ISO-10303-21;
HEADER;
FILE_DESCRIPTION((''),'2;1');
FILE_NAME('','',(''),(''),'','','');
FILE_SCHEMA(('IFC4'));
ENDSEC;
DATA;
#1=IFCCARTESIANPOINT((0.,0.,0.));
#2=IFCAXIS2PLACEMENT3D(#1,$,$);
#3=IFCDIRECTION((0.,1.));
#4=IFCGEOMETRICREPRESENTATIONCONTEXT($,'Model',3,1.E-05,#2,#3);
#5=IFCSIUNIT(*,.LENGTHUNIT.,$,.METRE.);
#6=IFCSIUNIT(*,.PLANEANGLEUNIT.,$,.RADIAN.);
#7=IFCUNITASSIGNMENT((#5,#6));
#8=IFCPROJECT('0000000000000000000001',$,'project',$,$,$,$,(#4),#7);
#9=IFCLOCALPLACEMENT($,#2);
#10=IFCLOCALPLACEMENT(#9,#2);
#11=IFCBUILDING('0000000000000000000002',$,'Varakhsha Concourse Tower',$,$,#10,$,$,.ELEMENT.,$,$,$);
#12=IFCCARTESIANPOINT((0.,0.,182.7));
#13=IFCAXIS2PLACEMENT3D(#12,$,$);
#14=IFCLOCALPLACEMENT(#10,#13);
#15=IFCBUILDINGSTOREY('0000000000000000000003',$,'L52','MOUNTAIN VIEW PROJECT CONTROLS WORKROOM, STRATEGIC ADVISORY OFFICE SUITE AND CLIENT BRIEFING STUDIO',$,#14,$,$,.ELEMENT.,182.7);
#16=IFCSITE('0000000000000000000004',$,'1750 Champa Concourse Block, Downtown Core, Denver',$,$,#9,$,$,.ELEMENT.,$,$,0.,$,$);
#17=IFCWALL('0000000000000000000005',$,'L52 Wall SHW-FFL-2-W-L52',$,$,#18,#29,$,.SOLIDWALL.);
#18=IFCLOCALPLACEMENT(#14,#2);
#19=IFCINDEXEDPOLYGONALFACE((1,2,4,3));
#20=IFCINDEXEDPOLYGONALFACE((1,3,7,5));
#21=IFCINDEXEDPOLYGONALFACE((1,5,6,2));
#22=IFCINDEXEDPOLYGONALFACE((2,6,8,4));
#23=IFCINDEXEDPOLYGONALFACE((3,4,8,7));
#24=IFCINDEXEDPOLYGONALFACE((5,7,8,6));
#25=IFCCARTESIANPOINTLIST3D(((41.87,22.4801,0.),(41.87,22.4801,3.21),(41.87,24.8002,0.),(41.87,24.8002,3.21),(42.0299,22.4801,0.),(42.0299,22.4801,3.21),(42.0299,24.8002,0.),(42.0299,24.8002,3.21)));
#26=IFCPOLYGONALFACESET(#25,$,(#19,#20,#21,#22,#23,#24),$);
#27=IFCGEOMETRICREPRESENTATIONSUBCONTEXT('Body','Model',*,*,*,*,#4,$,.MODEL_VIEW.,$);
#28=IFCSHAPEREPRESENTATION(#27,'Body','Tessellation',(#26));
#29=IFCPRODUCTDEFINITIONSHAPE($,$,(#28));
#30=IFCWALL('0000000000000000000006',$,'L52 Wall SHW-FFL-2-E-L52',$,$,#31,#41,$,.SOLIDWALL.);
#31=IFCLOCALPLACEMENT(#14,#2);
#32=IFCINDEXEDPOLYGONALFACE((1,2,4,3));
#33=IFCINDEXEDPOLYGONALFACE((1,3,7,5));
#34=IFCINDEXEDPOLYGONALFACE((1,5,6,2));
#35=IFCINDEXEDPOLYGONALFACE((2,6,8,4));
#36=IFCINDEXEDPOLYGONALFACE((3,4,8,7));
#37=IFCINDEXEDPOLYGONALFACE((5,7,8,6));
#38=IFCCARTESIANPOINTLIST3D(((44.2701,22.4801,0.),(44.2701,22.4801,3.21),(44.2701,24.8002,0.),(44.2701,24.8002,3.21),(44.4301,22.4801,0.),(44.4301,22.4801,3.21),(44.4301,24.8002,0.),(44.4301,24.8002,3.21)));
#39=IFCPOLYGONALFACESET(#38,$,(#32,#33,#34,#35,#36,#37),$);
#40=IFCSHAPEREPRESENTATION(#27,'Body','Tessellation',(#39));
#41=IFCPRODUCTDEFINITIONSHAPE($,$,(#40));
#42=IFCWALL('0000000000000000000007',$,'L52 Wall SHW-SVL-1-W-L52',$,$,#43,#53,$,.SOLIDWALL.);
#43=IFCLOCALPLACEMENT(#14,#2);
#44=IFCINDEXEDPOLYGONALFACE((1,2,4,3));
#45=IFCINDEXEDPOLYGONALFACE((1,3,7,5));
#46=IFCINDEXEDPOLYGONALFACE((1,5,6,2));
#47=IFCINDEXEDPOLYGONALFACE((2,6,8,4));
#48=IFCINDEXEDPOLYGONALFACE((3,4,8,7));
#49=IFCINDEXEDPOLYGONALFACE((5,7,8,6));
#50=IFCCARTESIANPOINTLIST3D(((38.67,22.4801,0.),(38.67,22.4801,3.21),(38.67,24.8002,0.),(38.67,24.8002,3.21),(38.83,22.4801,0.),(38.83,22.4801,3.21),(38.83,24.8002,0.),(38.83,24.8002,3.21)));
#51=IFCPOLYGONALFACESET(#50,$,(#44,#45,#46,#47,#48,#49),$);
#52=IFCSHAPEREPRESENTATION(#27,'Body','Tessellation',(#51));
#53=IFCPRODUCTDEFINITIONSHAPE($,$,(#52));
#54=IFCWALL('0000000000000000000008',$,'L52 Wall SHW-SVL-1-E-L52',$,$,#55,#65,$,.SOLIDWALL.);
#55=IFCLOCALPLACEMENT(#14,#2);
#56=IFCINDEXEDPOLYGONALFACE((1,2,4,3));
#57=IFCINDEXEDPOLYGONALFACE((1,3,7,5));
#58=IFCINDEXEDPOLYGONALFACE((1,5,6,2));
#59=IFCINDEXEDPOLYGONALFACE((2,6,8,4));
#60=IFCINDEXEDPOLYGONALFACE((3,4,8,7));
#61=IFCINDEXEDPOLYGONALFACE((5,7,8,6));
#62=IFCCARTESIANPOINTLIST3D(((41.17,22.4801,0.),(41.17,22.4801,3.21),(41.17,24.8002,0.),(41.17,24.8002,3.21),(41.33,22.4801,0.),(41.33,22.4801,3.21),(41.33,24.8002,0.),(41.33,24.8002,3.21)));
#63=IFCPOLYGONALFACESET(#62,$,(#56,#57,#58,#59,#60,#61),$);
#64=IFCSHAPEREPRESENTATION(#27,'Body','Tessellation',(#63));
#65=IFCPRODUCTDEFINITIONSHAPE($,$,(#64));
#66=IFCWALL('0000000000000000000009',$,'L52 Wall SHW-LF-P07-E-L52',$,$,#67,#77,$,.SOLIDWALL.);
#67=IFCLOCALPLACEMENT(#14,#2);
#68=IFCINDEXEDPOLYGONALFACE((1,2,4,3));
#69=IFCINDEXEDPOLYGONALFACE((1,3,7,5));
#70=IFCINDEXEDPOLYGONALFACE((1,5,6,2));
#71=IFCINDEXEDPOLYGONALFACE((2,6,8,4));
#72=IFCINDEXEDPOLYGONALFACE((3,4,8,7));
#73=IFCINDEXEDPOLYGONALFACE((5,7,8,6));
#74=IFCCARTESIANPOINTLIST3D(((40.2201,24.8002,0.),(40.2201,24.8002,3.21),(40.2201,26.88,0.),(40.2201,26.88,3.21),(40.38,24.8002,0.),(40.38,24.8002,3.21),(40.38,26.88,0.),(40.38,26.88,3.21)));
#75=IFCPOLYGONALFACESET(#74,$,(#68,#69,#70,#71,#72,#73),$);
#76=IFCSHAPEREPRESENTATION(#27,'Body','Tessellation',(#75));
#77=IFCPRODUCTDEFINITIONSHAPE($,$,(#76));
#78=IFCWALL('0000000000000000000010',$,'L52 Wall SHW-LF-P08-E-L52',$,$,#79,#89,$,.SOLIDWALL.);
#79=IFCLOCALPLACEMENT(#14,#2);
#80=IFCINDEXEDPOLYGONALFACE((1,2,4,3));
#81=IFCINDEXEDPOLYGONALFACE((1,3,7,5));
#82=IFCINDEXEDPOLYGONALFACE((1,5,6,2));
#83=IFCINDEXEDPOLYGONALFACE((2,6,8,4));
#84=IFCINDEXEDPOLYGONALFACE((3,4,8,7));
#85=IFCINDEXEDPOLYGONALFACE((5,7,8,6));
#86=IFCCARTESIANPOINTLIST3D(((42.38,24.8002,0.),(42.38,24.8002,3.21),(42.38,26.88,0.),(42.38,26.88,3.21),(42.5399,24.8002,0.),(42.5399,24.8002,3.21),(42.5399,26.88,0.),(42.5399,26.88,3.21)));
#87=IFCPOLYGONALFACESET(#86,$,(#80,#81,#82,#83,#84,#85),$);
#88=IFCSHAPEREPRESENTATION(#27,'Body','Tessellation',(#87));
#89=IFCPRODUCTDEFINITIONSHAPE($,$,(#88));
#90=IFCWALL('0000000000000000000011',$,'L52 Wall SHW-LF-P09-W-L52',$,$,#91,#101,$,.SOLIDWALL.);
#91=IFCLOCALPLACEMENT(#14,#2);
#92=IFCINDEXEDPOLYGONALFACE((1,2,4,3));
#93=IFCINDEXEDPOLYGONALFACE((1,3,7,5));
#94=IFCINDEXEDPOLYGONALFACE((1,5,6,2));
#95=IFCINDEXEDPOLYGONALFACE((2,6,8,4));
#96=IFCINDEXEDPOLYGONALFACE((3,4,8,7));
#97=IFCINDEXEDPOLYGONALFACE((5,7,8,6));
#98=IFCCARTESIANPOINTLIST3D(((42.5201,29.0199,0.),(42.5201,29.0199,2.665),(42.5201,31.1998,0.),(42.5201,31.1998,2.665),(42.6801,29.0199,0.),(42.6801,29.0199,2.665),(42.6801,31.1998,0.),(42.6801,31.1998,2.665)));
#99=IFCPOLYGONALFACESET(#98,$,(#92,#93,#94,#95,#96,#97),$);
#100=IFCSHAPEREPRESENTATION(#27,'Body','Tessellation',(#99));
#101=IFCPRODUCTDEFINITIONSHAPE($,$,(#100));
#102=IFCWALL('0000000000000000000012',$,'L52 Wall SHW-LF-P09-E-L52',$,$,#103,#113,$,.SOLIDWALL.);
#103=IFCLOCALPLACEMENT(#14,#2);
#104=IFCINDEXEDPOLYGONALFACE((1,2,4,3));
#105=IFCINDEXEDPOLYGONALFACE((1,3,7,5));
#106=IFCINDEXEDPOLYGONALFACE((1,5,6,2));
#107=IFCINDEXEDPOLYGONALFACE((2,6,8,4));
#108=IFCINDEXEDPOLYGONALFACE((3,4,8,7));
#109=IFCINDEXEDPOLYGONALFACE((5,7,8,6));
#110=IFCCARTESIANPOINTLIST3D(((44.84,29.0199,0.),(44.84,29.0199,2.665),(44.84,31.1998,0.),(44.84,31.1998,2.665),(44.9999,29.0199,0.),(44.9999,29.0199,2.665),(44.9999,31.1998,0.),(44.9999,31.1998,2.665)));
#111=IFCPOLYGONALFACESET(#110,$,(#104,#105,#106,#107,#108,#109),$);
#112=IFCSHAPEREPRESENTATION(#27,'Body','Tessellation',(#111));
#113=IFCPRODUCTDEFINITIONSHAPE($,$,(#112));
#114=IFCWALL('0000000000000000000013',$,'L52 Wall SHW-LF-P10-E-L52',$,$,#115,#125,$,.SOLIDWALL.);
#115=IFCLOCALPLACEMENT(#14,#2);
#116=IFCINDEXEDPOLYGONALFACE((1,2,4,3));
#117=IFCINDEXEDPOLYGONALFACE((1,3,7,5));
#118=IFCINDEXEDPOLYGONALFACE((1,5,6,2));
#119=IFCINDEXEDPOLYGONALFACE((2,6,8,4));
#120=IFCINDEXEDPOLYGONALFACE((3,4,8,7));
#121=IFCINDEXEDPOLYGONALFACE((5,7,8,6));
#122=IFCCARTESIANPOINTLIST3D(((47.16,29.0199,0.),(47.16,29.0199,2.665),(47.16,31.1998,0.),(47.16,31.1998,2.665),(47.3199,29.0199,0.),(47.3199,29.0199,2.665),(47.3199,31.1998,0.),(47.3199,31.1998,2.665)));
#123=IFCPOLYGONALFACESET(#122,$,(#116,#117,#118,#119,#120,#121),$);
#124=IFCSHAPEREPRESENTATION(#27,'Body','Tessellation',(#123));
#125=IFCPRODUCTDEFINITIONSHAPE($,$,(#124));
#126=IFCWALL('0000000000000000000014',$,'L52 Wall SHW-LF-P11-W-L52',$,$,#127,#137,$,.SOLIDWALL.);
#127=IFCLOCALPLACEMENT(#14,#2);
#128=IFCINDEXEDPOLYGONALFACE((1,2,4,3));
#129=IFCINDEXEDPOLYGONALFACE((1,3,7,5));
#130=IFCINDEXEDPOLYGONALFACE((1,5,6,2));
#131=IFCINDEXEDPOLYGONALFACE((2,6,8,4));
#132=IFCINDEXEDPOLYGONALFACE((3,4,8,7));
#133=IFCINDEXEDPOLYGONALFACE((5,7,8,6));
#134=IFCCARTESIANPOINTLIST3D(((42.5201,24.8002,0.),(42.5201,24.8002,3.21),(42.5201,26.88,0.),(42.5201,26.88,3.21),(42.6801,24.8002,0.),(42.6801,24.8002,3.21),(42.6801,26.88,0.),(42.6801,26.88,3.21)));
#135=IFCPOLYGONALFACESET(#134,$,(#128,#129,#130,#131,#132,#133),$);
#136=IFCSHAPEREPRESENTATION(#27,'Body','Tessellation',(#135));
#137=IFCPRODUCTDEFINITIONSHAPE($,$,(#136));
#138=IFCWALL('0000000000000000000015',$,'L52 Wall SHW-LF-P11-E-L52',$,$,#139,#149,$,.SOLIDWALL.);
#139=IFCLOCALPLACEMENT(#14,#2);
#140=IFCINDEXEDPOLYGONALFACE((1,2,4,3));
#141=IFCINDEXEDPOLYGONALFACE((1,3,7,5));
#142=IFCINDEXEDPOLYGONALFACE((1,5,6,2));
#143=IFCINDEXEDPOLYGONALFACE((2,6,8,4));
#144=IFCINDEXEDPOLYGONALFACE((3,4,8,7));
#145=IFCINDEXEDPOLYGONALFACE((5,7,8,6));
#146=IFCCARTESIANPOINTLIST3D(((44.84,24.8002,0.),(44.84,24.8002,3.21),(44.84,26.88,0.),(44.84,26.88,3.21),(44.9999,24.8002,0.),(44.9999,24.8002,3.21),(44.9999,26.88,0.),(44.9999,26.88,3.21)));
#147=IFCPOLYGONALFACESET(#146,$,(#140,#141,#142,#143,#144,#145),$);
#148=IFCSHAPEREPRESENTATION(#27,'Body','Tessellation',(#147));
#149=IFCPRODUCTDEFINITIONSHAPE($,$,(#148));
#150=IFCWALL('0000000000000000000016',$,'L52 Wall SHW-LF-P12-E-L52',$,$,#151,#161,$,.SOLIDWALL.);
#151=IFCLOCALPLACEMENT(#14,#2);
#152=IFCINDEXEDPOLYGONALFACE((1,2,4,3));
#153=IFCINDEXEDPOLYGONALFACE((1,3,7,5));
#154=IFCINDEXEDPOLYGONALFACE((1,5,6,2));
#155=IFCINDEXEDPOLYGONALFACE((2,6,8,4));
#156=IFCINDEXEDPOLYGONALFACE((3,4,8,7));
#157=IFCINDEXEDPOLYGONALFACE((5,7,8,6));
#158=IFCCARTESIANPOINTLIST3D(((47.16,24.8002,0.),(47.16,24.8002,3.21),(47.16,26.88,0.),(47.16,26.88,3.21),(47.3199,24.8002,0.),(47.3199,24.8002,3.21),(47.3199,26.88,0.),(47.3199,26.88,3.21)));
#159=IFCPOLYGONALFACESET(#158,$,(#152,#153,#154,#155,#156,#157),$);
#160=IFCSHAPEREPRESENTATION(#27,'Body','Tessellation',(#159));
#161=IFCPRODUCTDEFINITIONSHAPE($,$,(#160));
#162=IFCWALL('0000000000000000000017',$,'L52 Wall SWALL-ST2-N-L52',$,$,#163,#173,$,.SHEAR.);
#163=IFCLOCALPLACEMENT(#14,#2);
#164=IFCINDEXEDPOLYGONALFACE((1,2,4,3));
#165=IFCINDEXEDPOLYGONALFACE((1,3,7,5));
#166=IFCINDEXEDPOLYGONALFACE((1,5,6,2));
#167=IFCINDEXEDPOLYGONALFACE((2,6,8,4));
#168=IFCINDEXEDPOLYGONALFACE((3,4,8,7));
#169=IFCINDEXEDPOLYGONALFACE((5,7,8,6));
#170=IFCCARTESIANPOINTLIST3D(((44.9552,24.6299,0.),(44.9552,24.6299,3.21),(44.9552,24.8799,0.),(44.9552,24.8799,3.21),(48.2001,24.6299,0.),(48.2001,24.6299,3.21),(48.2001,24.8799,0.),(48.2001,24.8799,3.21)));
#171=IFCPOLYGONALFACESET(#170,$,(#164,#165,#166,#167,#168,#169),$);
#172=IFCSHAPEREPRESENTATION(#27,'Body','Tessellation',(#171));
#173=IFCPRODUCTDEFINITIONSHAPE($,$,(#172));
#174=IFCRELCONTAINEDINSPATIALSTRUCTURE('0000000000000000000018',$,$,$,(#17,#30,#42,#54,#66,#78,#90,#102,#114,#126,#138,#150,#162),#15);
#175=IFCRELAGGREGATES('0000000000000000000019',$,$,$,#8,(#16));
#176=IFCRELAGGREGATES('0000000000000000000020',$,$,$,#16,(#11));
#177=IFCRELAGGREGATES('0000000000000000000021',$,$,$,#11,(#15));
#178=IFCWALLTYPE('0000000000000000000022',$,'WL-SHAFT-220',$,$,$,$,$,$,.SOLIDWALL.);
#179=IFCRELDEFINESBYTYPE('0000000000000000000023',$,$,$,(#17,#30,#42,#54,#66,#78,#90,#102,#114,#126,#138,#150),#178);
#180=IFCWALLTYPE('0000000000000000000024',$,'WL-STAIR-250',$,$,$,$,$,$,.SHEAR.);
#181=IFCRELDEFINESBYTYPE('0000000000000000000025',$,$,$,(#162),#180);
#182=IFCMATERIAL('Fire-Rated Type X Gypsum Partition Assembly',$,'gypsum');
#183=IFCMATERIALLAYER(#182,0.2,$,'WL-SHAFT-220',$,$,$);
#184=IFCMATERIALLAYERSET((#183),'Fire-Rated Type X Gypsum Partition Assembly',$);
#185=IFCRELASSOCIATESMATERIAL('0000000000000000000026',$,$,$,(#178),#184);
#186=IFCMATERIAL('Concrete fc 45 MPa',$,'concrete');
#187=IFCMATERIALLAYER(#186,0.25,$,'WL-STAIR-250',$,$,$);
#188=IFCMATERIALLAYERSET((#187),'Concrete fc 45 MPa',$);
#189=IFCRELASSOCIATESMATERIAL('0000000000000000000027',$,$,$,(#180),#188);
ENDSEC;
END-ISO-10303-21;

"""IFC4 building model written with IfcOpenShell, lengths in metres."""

from ifc_helpers import new_model, si_unit, direction, frame, frame_2d, origin, place, context, subcontext, project, spatial, rectangle, extrude, material, layer, layer_set, type_object, element, save


model = new_model("IFC4")

# Units and contexts
model_context = context("Model", 3, precision=1e-05, world=origin(), true_north=direction((0.0, 1.0)))
body_context = subcontext(model_context, "Body", "Model", "MODEL_VIEW")
ifc_project = project(units=[si_unit("LENGTHUNIT", "METRE"), si_unit("PLANEANGLEUNIT", "RADIAN")], contexts=[model_context])

# Site, building, storey
site_placement = place(None, origin())
site = spatial("IfcSite", under=ifc_project, at=site_placement, Name="1750 Champa Concourse Block, Downtown Core, Denver", CompositionType="ELEMENT", RefElevation=0.0)
building_placement = place(site_placement, origin())
building = spatial("IfcBuilding", under=site, at=building_placement, Name="Varakhsha Concourse Tower", CompositionType="ELEMENT")
storey_placement = place(building_placement, frame((0.0, 0.0, 182.7)))
storey = spatial("IfcBuildingStorey", under=building, at=storey_placement, Name="L52", Description="MOUNTAIN VIEW PROJECT CONTROLS WORKROOM, STRATEGIC ADVISORY OFFICE SUITE AND CLIENT BRIEFING STUDIO", CompositionType="ELEMENT", Elevation=182.7)

# Shared definitions
ifc_material_1 = material(Name="Fire-Rated Type X Gypsum Partition Assembly", Category="gypsum")

# Walls
ifc_layer_1 = layer(ifc_material_1, 0.2, Name="WL-SHAFT-220")
ifc_layer_set_1 = layer_set([ifc_layer_1], Name="Fire-Rated Type X Gypsum Partition Assembly")
wall_type_1 = type_object("IfcWallType", Name="WL-SHAFT-220", PredefinedType="SOLIDWALL", material=ifc_layer_set_1)
for number, where, z_axis, x_axis, name in (
    (1, (41.95, 22.48, 0.0), (0.0, 0.0, 1.0), (0.0, 1.0, 0.0), "L52 Wall SHW-FFL-2-W-L52"),
    (2, (44.3501, 22.48, 0.0), (0.0, 0.0, 1.0), (0.0, 1.0, 0.0), "L52 Wall SHW-FFL-2-E-L52"),
    (3, (38.75, 22.48, 0.0), (0.0, 0.0, 1.0), (0.0, 1.0, 0.0), "L52 Wall SHW-SVL-1-W-L52"),
    (4, (41.25, 22.48, 0.0), (0.0, 0.0, 1.0), (0.0, 1.0, 0.0), "L52 Wall SHW-SVL-1-E-L52"),
):
    element("IfcWall", number, at=place(storey_placement, frame(where, z_axis=z_axis, x_axis=x_axis)), inside=storey, type_object=wall_type_1, Name=name, PredefinedType="SOLIDWALL", context=body_context, shape_type="SweptSolid", body=[
        extrude(rectangle(XDim=2.3201, YDim=0.1599, at=frame_2d((1.1602, 0.0))), origin(), (0.0, 0.0, 1.0), 3.21),
    ])
for number, where, z_axis, x_axis, name in (
    (5, (40.3, 24.8, 0.0), (0.0, 0.0, 1.0), (0.0, 1.0, 0.0), "L52 Wall SHW-LF-P07-E-L52"),
    (6, (42.46, 24.8, 0.0), (0.0, 0.0, 1.0), (0.0, 1.0, 0.0), "L52 Wall SHW-LF-P08-E-L52"),
):
    element("IfcWall", number, at=place(storey_placement, frame(where, z_axis=z_axis, x_axis=x_axis)), inside=storey, type_object=wall_type_1, Name=name, PredefinedType="SOLIDWALL", context=body_context, shape_type="SweptSolid", body=[
        extrude(rectangle(XDim=2.0798, YDim=0.1599, at=frame_2d((1.04, 0.0))), origin(), (0.0, 0.0, 1.0), 3.21),
    ])
for number, where, z_axis, x_axis, name in (
    (7, (42.6001, 29.02, 0.0), (0.0, 0.0, 1.0), (0.0, 1.0, 0.0), "L52 Wall SHW-LF-P09-W-L52"),
    (8, (44.9199, 29.02, 0.0), (0.0, 0.0, 1.0), (0.0, 1.0, 0.0), "L52 Wall SHW-LF-P09-E-L52"),
    (9, (47.24, 29.02, 0.0), (0.0, 0.0, 1.0), (0.0, 1.0, 0.0), "L52 Wall SHW-LF-P10-E-L52"),
):
    element("IfcWall", number, at=place(storey_placement, frame(where, z_axis=z_axis, x_axis=x_axis)), inside=storey, type_object=wall_type_1, Name=name, PredefinedType="SOLIDWALL", context=body_context, shape_type="SweptSolid", body=[
        extrude(rectangle(XDim=2.1799, YDim=0.1599, at=frame_2d((1.0898, 0.0))), origin(), (0.0, 0.0, 1.0), 2.665),
    ])
for number, where, z_axis, x_axis, name in (
    (10, (42.6001, 24.8, 0.0), (0.0, 0.0, 1.0), (0.0, 1.0, 0.0), "L52 Wall SHW-LF-P11-W-L52"),
    (11, (44.9199, 24.8, 0.0), (0.0, 0.0, 1.0), (0.0, 1.0, 0.0), "L52 Wall SHW-LF-P11-E-L52"),
    (12, (47.24, 24.8, 0.0), (0.0, 0.0, 1.0), (0.0, 1.0, 0.0), "L52 Wall SHW-LF-P12-E-L52"),
):
    element("IfcWall", number, at=place(storey_placement, frame(where, z_axis=z_axis, x_axis=x_axis)), inside=storey, type_object=wall_type_1, Name=name, PredefinedType="SOLIDWALL", context=body_context, shape_type="SweptSolid", body=[
        extrude(rectangle(XDim=2.0798, YDim=0.1599, at=frame_2d((1.04, 0.0))), origin(), (0.0, 0.0, 1.0), 3.21),
    ])
ifc_material_2 = material(Name="Concrete fc 45 MPa", Category="concrete")
ifc_layer_2 = layer(ifc_material_2, 0.25, Name="WL-STAIR-250")
ifc_layer_set_2 = layer_set([ifc_layer_2], Name="Concrete fc 45 MPa")
wall_type_2 = type_object("IfcWallType", Name="WL-STAIR-250", PredefinedType="SHEAR", material=ifc_layer_set_2)
wall_1_placement = place(storey_placement, frame((44.9551, 24.7549, 0.0), z_axis=(0.0, 0.0, 1.0), x_axis=(1.0, 0.0, 0.0)))
element("IfcWall", 13, at=wall_1_placement, inside=storey, type_object=wall_type_2, Name="L52 Wall SWALL-ST2-N-L52", PredefinedType="SHEAR", context=body_context, shape_type="SweptSolid", body=[
    extrude(rectangle(XDim=3.2449, YDim=0.25, at=frame_2d((1.6226, 0.0))), origin(), (0.0, 0.0, 1.0), 3.21),
])

save(model, "model.ifc")
